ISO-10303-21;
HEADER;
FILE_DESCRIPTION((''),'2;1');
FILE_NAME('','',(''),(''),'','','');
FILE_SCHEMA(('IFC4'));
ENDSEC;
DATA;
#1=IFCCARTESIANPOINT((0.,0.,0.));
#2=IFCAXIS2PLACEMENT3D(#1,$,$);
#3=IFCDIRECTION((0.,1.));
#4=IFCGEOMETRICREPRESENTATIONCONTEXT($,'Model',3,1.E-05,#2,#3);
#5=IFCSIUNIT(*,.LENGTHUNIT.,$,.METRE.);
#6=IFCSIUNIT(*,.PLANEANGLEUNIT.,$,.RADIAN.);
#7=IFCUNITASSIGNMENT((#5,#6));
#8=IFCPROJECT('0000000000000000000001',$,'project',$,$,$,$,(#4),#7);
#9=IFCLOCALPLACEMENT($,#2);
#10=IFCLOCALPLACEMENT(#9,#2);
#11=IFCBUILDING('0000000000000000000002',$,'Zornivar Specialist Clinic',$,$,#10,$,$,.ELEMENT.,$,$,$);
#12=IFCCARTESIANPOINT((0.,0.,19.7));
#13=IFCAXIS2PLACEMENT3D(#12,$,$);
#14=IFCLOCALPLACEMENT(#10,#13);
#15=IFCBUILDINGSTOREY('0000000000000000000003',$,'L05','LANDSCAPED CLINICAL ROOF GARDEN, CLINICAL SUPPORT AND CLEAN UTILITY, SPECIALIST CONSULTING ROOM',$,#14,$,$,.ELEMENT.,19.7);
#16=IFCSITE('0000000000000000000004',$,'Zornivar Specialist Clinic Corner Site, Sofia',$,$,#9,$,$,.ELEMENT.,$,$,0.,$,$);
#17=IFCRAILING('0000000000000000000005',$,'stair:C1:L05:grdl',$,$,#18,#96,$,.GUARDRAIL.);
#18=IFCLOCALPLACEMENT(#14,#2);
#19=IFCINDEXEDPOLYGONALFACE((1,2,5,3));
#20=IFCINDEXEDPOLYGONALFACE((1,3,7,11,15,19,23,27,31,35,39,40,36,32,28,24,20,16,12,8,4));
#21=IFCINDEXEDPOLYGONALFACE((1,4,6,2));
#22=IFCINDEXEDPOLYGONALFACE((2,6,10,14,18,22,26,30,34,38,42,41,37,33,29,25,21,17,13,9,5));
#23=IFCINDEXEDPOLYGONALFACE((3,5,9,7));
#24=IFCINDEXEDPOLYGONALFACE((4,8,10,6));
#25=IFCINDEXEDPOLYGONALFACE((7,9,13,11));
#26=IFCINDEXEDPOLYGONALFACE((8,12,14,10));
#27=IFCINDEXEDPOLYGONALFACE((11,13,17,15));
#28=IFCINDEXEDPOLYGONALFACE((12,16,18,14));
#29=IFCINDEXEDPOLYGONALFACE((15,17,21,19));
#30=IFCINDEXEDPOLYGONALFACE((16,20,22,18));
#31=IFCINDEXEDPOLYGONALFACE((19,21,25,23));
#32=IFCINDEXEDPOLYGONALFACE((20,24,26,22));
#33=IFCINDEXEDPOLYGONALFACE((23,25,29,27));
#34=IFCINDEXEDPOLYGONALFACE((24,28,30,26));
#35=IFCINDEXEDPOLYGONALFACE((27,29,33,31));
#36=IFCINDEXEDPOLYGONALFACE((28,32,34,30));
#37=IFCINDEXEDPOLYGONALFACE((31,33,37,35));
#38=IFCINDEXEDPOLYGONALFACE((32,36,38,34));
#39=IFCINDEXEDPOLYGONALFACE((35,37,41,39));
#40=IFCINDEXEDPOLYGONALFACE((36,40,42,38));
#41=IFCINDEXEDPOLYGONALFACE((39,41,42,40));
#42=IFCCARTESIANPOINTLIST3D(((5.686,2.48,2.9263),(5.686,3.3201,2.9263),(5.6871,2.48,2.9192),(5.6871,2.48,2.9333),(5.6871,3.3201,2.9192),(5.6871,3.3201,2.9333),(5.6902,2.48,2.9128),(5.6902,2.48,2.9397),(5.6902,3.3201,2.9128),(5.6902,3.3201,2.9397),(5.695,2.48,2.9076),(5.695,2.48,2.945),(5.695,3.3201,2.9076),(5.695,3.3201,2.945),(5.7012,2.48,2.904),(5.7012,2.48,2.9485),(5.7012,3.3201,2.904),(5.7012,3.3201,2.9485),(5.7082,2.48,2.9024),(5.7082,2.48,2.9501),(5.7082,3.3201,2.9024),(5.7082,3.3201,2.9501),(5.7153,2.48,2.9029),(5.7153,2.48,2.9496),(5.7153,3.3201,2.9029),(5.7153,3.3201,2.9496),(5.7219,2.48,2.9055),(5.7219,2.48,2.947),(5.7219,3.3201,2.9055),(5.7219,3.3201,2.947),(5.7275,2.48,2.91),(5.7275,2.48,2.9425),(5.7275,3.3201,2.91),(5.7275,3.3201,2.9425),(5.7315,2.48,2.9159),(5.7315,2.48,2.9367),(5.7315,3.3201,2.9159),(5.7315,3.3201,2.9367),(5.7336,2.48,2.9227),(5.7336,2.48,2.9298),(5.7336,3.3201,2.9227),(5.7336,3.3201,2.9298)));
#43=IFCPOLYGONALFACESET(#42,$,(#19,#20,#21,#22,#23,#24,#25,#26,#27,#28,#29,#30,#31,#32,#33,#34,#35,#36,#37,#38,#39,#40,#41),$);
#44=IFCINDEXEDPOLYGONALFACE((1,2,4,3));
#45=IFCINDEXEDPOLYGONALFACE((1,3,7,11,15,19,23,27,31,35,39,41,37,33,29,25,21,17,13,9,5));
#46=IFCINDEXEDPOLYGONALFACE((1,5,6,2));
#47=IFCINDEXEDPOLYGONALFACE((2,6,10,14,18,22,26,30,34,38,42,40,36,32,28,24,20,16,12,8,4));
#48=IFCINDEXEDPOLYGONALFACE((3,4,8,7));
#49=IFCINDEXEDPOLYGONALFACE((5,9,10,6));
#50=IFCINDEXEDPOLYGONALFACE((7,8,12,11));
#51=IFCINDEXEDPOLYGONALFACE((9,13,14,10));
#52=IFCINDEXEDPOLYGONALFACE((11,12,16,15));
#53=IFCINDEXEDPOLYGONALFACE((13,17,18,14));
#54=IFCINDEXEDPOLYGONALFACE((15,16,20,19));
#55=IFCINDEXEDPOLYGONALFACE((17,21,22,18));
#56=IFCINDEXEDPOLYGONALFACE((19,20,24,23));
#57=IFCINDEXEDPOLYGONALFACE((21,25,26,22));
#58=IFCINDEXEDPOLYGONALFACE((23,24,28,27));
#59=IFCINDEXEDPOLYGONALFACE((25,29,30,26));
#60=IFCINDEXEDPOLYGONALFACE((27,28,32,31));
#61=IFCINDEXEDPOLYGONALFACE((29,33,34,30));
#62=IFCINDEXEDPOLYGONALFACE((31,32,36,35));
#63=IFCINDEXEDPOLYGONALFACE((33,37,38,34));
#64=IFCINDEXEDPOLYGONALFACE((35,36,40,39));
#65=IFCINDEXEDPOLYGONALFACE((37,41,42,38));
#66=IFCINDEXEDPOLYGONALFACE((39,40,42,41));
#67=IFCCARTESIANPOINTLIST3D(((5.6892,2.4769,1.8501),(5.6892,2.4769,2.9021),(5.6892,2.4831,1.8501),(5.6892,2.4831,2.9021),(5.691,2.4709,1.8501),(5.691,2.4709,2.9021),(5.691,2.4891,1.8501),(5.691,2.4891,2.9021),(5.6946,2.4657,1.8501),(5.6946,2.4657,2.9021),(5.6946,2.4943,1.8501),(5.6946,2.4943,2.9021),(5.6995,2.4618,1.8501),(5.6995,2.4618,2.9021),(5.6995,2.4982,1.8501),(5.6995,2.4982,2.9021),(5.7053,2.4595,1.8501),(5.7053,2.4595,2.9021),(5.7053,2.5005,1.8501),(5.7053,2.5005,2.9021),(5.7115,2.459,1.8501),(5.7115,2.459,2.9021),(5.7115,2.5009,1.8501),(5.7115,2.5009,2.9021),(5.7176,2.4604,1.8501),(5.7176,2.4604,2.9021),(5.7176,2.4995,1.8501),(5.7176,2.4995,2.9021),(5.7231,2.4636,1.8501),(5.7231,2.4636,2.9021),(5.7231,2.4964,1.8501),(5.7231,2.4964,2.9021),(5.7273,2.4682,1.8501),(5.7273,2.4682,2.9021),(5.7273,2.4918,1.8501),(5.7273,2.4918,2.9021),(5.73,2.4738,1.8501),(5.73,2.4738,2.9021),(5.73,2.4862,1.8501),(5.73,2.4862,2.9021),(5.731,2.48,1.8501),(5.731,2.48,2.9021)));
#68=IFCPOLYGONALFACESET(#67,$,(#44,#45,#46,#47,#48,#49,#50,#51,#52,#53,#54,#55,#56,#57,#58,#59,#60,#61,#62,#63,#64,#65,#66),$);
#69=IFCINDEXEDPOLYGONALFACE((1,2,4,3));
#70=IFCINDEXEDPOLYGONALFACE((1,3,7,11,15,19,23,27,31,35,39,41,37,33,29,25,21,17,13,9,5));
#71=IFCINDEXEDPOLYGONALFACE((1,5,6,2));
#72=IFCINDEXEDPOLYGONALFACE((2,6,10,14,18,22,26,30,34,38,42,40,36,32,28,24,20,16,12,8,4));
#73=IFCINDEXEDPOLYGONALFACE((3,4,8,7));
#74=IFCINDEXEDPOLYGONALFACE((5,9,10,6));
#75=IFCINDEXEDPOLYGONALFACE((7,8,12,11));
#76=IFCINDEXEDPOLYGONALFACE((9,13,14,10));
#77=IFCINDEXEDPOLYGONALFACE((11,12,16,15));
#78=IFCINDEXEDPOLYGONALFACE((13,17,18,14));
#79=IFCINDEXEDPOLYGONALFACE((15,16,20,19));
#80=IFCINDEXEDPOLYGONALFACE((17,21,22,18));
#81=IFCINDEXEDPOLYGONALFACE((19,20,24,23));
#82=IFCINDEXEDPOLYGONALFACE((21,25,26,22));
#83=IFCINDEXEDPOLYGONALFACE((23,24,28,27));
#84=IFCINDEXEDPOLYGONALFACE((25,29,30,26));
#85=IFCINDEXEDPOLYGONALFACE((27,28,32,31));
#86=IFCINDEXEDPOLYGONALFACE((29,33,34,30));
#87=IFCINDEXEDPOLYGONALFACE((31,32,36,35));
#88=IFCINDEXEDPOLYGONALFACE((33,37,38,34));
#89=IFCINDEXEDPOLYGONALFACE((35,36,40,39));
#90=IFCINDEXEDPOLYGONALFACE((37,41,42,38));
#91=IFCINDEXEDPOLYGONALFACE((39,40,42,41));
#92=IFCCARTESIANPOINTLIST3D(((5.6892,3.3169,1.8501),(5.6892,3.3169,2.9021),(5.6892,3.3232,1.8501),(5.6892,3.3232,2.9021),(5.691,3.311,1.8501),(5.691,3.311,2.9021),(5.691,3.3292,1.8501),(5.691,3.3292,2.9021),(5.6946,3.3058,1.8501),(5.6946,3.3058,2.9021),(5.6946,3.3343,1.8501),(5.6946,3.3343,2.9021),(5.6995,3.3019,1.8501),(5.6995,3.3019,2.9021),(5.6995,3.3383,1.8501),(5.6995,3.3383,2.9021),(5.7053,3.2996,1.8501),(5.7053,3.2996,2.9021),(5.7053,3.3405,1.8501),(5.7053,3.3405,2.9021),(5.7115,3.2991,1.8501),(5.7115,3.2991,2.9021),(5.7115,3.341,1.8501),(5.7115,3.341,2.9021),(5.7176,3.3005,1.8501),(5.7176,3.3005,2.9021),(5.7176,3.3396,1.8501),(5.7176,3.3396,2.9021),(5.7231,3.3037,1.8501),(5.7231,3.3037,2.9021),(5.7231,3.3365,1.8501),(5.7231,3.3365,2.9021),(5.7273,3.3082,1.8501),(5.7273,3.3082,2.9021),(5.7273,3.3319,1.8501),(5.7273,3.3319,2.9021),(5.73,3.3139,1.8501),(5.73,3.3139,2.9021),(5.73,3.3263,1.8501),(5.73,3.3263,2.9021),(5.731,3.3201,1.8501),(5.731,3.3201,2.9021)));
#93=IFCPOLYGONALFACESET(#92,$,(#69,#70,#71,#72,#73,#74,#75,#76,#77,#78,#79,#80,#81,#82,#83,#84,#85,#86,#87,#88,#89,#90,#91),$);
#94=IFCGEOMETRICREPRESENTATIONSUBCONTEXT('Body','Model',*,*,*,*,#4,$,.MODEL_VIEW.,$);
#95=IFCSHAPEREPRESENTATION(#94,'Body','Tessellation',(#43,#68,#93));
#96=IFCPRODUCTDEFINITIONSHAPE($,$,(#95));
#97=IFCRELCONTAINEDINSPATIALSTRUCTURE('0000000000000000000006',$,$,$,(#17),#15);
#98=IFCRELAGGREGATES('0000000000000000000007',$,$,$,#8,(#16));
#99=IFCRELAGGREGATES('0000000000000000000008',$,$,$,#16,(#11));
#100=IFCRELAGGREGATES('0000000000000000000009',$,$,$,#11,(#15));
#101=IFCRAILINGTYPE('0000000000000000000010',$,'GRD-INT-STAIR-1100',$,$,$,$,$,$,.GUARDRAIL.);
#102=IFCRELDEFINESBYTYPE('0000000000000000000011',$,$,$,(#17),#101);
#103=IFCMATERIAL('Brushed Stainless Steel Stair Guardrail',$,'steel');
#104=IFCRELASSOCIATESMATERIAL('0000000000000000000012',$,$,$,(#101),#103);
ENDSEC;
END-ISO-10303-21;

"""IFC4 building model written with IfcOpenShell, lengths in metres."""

from ifc_helpers import new_model, si_unit, direction, frame, origin, origin_2d, place, context, subcontext, project, spatial, circle, extrude, material, type_object, element, save


model = new_model("IFC4")

# Units and contexts
model_context = context("Model", 3, precision=1e-05, world=origin(), true_north=direction((0.0, 1.0)))
body_context = subcontext(model_context, "Body", "Model", "MODEL_VIEW")
ifc_project = project(units=[si_unit("LENGTHUNIT", "METRE"), si_unit("PLANEANGLEUNIT", "RADIAN")], contexts=[model_context])

# Site, building, storey
site_placement = place(None, origin())
site = spatial("IfcSite", under=ifc_project, at=site_placement, Name="Zornivar Specialist Clinic Corner Site, Sofia", CompositionType="ELEMENT", RefElevation=0.0)
building_placement = place(site_placement, origin())
building = spatial("IfcBuilding", under=site, at=building_placement, Name="Zornivar Specialist Clinic", CompositionType="ELEMENT")
storey_placement = place(building_placement, frame((0.0, 0.0, 19.7)))
storey = spatial("IfcBuildingStorey", under=building, at=storey_placement, Name="L05", Description="LANDSCAPED CLINICAL ROOF GARDEN, CLINICAL SUPPORT AND CLEAN UTILITY, SPECIALIST CONSULTING ROOM", CompositionType="ELEMENT", Elevation=19.7)

# Railing
ifc_material_1 = material(Name="Brushed Stainless Steel Stair Guardrail", Category="steel")
railing_type_1 = type_object("IfcRailingType", Name="GRD-INT-STAIR-1100", PredefinedType="GUARDRAIL", material=ifc_material_1)
railing_1_placement = place(storey_placement, frame((5.71, 2.48, 1.8501)))
element("IfcRailing", 1, at=railing_1_placement, inside=storey, type_object=railing_type_1, Name="stair:C1:L05:grdl", PredefinedType="GUARDRAIL", context=body_context, shape_type="SweptSolid", body=[
    extrude(circle(Radius=0.0239, at=origin_2d()), frame((0.0, 0.0, 1.0762), z_axis=(0.0, 1.0, 0.0), x_axis=(-1.0, 0.0, 0.0)), (0.0, 0.0, 1.0), 0.8401),
    extrude(circle(Radius=0.021, at=origin_2d()), origin(), (0.0, 0.0, 1.0), 1.052),
    extrude(circle(Radius=0.021, at=origin_2d()), frame((0.0, 0.8401, 0.0)), (0.0, 0.0, 1.0), 1.052),
])

save(model, "model.ifc")
